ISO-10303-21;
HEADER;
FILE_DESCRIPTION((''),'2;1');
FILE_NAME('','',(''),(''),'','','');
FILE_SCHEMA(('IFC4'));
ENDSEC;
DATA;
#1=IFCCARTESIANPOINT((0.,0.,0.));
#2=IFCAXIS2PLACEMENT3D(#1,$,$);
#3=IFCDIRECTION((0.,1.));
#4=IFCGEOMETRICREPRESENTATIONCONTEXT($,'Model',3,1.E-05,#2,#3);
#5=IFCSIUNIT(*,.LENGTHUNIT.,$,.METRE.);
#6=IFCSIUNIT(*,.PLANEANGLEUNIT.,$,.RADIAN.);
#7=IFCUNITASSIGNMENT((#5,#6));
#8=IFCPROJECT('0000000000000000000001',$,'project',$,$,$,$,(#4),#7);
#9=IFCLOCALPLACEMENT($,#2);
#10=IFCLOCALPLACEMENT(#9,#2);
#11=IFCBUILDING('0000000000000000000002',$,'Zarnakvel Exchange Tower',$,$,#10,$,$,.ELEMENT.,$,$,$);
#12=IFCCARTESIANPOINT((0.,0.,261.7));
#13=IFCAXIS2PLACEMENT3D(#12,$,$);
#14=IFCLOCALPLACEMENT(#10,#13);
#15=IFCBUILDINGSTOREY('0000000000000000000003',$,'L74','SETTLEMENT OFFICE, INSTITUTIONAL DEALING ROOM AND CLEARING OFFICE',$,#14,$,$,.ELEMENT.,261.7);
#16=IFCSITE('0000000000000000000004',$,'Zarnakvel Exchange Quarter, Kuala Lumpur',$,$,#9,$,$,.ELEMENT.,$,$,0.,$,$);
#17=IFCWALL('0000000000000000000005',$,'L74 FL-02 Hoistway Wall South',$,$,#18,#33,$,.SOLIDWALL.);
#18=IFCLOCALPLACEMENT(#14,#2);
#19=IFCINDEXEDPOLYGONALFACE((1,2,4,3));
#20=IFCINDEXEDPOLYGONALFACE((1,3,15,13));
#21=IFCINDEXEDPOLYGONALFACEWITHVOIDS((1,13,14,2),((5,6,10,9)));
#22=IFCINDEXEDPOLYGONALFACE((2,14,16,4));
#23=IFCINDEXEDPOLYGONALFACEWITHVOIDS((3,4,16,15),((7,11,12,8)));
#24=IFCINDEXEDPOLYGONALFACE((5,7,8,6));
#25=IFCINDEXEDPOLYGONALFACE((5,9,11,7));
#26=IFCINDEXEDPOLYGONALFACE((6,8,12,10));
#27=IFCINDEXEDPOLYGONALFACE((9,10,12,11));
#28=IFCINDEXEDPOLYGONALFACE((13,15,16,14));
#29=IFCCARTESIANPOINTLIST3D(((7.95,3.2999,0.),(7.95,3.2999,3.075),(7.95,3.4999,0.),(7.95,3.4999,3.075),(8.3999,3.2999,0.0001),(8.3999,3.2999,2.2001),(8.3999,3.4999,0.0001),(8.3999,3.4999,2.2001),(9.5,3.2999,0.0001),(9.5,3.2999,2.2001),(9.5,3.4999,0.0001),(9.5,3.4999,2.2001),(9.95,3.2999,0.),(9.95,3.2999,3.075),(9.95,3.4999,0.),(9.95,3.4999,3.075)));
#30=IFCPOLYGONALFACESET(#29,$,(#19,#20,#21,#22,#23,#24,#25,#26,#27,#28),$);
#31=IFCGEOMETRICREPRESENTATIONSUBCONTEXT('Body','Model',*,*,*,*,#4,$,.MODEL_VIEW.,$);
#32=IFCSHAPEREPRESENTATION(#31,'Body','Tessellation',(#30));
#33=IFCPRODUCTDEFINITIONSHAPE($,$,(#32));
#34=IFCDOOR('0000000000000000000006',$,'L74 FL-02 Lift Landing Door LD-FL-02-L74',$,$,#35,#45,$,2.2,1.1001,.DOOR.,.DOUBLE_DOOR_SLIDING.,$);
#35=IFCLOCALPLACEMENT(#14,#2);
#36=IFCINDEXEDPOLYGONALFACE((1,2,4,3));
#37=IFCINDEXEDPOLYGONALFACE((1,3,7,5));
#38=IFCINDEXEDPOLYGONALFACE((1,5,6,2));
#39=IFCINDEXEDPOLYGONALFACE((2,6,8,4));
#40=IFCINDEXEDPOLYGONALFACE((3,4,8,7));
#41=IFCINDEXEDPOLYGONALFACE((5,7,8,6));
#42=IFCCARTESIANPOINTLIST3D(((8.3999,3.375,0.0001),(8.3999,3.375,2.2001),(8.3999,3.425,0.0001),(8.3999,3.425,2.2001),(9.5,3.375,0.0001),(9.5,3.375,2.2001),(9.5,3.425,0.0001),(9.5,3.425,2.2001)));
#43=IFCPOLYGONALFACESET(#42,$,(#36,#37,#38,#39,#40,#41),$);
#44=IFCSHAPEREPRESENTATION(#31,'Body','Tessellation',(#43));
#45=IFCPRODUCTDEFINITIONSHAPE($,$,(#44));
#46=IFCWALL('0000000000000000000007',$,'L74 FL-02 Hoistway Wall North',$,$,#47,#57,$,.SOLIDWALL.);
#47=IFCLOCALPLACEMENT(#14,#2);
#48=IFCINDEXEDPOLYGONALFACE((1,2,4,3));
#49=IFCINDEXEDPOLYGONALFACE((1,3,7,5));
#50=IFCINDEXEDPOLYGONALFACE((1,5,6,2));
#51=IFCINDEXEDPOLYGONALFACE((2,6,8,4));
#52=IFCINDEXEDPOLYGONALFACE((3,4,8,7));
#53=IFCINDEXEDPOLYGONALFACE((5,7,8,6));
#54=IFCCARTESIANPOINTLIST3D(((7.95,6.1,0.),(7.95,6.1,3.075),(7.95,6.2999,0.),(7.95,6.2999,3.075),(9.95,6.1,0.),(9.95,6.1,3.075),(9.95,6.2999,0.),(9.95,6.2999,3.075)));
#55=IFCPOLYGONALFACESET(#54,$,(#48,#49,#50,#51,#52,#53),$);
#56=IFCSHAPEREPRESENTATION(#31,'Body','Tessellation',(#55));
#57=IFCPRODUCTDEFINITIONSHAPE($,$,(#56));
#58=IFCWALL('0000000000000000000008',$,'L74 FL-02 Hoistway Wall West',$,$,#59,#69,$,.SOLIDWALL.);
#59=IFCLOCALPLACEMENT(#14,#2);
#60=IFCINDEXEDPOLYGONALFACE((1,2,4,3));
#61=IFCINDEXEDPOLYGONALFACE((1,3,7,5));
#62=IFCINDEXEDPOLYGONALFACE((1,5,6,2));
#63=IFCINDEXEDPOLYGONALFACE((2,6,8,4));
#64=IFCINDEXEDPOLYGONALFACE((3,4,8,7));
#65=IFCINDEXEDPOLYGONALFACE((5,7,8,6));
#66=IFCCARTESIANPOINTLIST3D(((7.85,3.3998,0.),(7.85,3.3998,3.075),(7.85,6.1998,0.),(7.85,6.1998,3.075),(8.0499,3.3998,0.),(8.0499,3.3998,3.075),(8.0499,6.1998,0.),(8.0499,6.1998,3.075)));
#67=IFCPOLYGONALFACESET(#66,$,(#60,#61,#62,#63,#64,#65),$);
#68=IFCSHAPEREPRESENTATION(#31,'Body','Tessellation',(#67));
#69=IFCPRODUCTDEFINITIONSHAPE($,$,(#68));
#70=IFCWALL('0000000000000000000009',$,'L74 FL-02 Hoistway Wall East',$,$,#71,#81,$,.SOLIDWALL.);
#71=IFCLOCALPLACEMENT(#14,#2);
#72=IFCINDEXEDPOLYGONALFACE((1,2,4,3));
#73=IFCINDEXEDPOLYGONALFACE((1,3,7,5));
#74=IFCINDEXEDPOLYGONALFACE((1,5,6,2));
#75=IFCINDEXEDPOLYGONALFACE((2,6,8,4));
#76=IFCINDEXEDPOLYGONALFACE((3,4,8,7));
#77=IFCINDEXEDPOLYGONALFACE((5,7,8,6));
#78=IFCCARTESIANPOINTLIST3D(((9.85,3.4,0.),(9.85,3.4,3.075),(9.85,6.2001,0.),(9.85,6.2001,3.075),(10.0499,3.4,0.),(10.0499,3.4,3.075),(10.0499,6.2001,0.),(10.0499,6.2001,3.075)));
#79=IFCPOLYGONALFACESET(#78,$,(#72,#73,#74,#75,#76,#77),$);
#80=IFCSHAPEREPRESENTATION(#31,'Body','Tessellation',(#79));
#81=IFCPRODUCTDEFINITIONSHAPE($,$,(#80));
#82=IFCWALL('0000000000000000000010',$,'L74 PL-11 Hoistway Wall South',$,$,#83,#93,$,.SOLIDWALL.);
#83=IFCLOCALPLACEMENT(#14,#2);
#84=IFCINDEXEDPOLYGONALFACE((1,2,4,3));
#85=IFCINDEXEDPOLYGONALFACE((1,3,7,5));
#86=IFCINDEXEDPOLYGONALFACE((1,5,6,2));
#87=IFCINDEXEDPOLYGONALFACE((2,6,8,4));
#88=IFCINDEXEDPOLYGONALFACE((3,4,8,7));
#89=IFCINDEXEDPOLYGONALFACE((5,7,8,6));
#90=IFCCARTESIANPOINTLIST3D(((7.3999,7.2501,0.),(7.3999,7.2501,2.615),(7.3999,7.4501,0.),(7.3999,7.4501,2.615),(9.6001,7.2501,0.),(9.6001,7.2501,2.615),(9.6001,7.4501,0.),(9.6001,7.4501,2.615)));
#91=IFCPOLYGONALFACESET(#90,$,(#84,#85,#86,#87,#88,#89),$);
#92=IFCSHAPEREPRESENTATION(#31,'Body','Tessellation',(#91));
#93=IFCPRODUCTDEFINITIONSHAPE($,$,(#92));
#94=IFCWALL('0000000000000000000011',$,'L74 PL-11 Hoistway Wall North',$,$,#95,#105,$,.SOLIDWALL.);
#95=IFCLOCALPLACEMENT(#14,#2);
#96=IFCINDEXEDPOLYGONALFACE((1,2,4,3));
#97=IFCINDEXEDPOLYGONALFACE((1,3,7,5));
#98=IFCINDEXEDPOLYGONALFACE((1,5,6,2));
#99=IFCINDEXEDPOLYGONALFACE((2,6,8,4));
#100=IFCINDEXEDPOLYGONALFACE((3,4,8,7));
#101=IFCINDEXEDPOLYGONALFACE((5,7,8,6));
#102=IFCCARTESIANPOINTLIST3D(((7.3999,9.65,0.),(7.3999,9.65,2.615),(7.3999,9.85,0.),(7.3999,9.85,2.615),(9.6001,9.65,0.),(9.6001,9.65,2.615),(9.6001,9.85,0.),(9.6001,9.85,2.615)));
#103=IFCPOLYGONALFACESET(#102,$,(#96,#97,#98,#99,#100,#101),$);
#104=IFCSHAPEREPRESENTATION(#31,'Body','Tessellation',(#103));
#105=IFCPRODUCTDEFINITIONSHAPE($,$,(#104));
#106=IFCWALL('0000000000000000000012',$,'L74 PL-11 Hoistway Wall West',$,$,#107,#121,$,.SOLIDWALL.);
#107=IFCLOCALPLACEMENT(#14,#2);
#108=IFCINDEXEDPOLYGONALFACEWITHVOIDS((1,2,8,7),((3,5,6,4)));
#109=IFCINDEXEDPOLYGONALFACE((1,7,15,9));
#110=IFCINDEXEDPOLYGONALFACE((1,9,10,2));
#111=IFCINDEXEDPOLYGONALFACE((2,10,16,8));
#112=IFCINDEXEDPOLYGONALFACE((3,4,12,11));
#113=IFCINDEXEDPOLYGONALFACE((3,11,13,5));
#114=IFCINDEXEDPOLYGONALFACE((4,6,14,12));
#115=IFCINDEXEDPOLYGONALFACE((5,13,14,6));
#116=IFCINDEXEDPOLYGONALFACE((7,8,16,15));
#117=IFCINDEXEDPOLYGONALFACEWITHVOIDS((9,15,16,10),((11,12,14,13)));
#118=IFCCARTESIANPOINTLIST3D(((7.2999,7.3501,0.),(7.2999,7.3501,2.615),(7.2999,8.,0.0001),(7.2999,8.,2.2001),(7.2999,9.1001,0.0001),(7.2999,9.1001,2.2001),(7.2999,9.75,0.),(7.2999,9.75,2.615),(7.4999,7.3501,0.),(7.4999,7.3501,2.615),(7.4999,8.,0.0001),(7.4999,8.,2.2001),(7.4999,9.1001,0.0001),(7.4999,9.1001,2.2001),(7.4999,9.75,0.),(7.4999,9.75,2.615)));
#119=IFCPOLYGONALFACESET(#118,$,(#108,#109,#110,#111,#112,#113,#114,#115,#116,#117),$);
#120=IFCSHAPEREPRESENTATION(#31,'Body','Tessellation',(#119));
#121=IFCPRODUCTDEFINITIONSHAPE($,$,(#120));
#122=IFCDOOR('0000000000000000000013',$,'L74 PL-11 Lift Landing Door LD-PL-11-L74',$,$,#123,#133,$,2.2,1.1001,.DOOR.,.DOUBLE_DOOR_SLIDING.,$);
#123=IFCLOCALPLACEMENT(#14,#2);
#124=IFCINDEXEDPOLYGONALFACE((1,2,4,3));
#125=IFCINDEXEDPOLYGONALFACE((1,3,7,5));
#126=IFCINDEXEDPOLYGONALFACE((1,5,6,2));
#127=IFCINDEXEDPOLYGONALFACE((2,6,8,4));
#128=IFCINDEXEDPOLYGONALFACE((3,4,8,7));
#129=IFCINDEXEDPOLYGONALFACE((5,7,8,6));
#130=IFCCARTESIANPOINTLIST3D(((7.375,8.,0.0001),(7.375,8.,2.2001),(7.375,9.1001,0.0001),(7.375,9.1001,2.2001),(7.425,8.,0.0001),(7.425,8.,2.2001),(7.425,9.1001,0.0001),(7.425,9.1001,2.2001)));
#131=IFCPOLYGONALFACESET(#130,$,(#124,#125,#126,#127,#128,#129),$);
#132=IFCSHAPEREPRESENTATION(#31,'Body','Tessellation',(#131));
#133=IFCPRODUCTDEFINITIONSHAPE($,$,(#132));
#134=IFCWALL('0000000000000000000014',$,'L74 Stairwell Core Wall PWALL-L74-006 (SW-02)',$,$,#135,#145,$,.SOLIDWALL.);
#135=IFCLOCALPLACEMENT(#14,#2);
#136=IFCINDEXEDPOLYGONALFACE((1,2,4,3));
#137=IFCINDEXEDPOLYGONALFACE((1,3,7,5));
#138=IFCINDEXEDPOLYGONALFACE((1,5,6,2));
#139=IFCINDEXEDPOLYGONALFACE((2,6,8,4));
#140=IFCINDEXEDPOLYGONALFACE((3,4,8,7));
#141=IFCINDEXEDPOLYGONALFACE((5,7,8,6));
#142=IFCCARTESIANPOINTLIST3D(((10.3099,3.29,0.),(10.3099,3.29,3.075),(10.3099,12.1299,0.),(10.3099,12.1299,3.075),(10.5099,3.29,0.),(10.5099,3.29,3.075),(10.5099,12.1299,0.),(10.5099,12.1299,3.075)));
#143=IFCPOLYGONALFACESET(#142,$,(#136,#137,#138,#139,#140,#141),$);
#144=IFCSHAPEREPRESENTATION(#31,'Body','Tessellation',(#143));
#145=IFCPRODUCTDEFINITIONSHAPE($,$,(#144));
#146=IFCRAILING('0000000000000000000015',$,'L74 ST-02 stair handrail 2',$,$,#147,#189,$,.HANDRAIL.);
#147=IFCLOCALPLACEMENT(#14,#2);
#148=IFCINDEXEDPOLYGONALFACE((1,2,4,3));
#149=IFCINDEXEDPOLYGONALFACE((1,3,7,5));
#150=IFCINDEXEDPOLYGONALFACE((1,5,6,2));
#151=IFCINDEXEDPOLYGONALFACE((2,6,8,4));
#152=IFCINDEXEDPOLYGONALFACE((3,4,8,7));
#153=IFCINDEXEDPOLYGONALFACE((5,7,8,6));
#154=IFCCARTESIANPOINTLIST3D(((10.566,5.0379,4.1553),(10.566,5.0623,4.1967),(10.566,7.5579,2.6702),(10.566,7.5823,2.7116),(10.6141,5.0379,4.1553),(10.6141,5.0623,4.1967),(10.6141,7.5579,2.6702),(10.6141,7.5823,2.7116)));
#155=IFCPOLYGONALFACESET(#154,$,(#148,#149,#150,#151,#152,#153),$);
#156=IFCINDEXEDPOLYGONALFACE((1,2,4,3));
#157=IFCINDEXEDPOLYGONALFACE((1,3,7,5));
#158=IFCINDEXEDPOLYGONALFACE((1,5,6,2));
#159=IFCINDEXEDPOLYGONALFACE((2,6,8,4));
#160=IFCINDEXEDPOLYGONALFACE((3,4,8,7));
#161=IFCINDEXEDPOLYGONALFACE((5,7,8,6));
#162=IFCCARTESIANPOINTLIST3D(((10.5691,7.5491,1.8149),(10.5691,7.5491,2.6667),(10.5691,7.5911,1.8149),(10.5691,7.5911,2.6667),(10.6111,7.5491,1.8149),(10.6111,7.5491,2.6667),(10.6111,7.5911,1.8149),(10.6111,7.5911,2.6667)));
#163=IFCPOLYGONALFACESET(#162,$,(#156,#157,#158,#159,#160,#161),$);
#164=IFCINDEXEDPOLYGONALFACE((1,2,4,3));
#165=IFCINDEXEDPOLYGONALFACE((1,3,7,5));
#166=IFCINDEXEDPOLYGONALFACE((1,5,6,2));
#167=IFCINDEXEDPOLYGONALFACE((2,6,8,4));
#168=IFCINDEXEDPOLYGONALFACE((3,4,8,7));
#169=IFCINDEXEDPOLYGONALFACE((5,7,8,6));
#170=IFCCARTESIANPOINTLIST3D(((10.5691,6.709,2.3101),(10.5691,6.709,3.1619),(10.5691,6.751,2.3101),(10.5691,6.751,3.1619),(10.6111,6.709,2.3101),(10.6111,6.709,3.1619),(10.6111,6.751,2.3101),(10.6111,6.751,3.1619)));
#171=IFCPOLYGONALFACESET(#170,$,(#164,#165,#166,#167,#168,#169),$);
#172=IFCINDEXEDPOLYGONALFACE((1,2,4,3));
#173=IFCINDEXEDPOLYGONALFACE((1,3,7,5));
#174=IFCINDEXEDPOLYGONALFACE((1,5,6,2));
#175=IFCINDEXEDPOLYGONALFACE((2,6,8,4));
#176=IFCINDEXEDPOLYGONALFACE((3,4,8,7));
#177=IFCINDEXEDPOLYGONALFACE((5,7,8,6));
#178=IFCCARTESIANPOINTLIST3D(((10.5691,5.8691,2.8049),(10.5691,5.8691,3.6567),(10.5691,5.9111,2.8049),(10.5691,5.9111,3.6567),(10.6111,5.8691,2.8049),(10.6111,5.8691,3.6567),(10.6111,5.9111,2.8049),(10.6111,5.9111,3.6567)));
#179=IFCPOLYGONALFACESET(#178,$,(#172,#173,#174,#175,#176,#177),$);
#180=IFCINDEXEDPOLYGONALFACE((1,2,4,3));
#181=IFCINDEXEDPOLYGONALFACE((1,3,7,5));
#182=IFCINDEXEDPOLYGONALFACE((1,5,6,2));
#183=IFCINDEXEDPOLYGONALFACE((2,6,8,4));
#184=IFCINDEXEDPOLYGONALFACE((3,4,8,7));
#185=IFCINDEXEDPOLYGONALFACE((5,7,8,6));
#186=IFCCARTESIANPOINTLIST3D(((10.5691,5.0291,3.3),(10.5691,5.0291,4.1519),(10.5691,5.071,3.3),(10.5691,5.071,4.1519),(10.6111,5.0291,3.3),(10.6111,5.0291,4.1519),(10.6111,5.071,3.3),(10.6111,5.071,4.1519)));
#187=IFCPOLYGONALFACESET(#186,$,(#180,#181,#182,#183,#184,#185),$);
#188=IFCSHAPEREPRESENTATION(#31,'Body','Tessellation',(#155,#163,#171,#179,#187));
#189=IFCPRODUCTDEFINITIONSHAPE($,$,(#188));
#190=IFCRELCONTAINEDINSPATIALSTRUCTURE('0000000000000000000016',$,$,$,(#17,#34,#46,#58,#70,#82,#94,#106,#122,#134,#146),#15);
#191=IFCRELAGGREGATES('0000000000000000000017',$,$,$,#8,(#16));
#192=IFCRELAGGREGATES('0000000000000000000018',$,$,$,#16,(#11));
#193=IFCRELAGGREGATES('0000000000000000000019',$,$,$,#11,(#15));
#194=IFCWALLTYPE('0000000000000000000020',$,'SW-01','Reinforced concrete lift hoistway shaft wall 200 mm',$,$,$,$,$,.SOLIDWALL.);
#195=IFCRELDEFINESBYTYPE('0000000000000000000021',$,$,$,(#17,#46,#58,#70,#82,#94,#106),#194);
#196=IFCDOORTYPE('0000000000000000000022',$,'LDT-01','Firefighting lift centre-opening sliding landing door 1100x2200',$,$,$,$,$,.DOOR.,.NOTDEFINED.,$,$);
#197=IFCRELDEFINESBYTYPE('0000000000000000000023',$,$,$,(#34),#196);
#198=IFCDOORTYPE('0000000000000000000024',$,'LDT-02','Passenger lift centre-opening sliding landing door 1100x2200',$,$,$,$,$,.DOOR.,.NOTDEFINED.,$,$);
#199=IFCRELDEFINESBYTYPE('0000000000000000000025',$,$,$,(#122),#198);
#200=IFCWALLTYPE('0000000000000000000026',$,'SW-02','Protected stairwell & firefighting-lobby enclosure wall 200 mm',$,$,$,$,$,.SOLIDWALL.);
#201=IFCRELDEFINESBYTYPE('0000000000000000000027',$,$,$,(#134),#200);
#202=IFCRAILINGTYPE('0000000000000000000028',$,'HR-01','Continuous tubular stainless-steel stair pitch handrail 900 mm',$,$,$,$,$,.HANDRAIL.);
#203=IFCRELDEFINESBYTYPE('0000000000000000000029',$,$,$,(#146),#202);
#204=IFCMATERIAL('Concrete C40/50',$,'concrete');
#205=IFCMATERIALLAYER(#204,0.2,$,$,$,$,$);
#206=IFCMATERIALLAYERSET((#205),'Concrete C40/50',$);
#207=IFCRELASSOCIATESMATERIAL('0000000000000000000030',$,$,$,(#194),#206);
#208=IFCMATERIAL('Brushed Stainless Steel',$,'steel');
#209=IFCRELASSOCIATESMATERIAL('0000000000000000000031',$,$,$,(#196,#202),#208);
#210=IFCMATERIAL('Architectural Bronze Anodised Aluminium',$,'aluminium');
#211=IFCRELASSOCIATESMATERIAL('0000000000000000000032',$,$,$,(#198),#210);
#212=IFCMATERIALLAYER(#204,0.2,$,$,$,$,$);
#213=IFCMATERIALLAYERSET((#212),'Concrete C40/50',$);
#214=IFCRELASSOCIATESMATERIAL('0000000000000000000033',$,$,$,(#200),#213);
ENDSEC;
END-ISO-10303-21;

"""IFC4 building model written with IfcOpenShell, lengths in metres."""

from ifc_helpers import new_model, si_unit, direction, frame, frame_2d, origin, origin_2d, place, context, subcontext, project, spatial, rectangle, extrude, source, transform, mapped, material, layer, layer_set, type_object, element, fill, save


model = new_model("IFC4")

# Units and contexts
model_context = context("Model", 3, precision=1e-05, world=origin(), true_north=direction((0.0, 1.0)))
body_context = subcontext(model_context, "Body", "Model", "MODEL_VIEW")
ifc_project = project(units=[si_unit("LENGTHUNIT", "METRE"), si_unit("PLANEANGLEUNIT", "RADIAN")], contexts=[model_context])

# Site, building, storey
site_placement = place(None, origin())
site = spatial("IfcSite", under=ifc_project, at=site_placement, Name="Zarnakvel Exchange Quarter, Kuala Lumpur", CompositionType="ELEMENT", RefElevation=0.0)
building_placement = place(site_placement, origin())
building = spatial("IfcBuilding", under=site, at=building_placement, Name="Zarnakvel Exchange Tower", CompositionType="ELEMENT")
storey_placement = place(building_placement, frame((0.0, 0.0, 261.7)))
storey = spatial("IfcBuildingStorey", under=building, at=storey_placement, Name="L74", Description="SETTLEMENT OFFICE, INSTITUTIONAL DEALING ROOM AND CLEARING OFFICE", CompositionType="ELEMENT", Elevation=261.7)

# Shared definitions
ifc_material_1 = material(Name="Concrete C40/50", Category="concrete")

# Wall, opening, door
ifc_layer_1 = layer(ifc_material_1, 0.2)
ifc_layer_set_1 = layer_set([ifc_layer_1], Name="Concrete C40/50")
wall_type_1 = type_object("IfcWallType", Name="SW-01", Description="Reinforced concrete lift hoistway shaft wall 200 mm", PredefinedType="SOLIDWALL", material=ifc_layer_set_1)
wall_1_placement = place(storey_placement, frame((9.95, 3.3999, 0.0), z_axis=(0.0, 0.0, 1.0), x_axis=(-1.0, 0.0, 0.0)))
wall_1 = element("IfcWall", 1, at=wall_1_placement, inside=storey, type_object=wall_type_1, Name="L74 FL-02 Hoistway Wall South", PredefinedType="SOLIDWALL", context=body_context, shape_type="SweptSolid", body=[
    extrude(rectangle(XDim=2.0, YDim=0.2, at=frame_2d((1.0, 0.0))), origin(), (0.0, 0.0, 1.0), 3.075),
])
opening_1_placement = place(wall_1_placement, frame((0.45, 0.0, 0.0)))
opening_1 = element("IfcOpeningElement", 2, at=opening_1_placement, cuts=wall_1, PredefinedType="OPENING", context=body_context, shape_type="SweptSolid", body=[
    extrude(rectangle(XDim=1.1001, YDim=2.2, at=frame_2d((0.55, 1.1001))), frame((0.0, 0.1099, 0.0), z_axis=(0.0, -1.0, 0.0), x_axis=(1.0, 0.0, 0.0)), (0.0, 0.0, 1.0), 0.22),
])
ifc_material_2 = material(Name="Brushed Stainless Steel", Category="steel")
door_type_1 = type_object("IfcDoorType", Name="LDT-01", Description="Firefighting lift centre-opening sliding landing door 1100x2200", OperationType="NOTDEFINED", PredefinedType="DOOR", material=ifc_material_2)
shared_shape_1 = source(origin(), body_context, "Body", "SweptSolid", [
    extrude(rectangle(XDim=1.1001, YDim=2.2, at=frame_2d((0.55, 1.1001))), frame((0.0, 0.0249, 0.0), z_axis=(0.0, -1.0, 0.0), x_axis=(1.0, 0.0, 0.0)), (0.0, 0.0, 1.0), 0.05),
])
door_1_placement = place(opening_1_placement, origin())
door_1 = element("IfcDoor", 3, at=door_1_placement, inside=storey, type_object=door_type_1, Name="L74 FL-02 Lift Landing Door LD-FL-02-L74", OperationType="DOUBLE_DOOR_SLIDING", OverallHeight=2.2, OverallWidth=1.1001, PredefinedType="DOOR", context=body_context, shape_type="MappedRepresentation", body=[
    mapped(shared_shape_1, transform((0.0, 0.0, 0.0), x_axis=(1.0, 0.0, 0.0), y_axis=(0.0, 1.0, 0.0), z_axis=(0.0, 0.0, 1.0), scale=1.0)),
])
fill(opening_1, door_1)

# Walls
wall_2_placement = place(storey_placement, frame((7.95, 6.2, 0.0), z_axis=(0.0, 0.0, 1.0), x_axis=(1.0, 0.0, 0.0)))
element("IfcWall", 4, at=wall_2_placement, inside=storey, type_object=wall_type_1, Name="L74 FL-02 Hoistway Wall North", PredefinedType="SOLIDWALL", context=body_context, shape_type="SweptSolid", body=[
    extrude(rectangle(XDim=2.0, YDim=0.2, at=frame_2d((1.0, 0.0))), origin(), (0.0, 0.0, 1.0), 3.075),
])
for number, where, z_axis, x_axis, name in (
    (5, (7.95, 3.3999, 0.0), (0.0, 0.0, 1.0), (0.0, 1.0, 0.0), "L74 FL-02 Hoistway Wall West"),
    (6, (9.95, 6.2, 0.0), (0.0, 0.0, 1.0), (0.0, -1.0, 0.0), "L74 FL-02 Hoistway Wall East"),
):
    element("IfcWall", number, at=place(storey_placement, frame(where, z_axis=z_axis, x_axis=x_axis)), inside=storey, type_object=wall_type_1, Name=name, PredefinedType="SOLIDWALL", context=body_context, shape_type="SweptSolid", body=[
        extrude(rectangle(XDim=2.8, YDim=0.2, at=frame_2d((1.3999, 0.0))), origin(), (0.0, 0.0, 1.0), 3.075),
    ])
for number, where, z_axis, x_axis, name in (
    (7, (9.6001, 7.3501, 0.0), (0.0, 0.0, 1.0), (-1.0, 0.0, 0.0), "L74 PL-11 Hoistway Wall South"),
    (8, (7.3999, 9.75, 0.0), (0.0, 0.0, 1.0), (1.0, 0.0, 0.0), "L74 PL-11 Hoistway Wall North"),
):
    element("IfcWall", number, at=place(storey_placement, frame(where, z_axis=z_axis, x_axis=x_axis)), inside=storey, type_object=wall_type_1, Name=name, PredefinedType="SOLIDWALL", context=body_context, shape_type="SweptSolid", body=[
        extrude(rectangle(XDim=2.2002, YDim=0.2, at=frame_2d((1.1001, 0.0))), origin(), (0.0, 0.0, 1.0), 2.615),
    ])

# Wall, opening, door
wall_3_placement = place(storey_placement, frame((7.3999, 7.3501, 0.0), z_axis=(0.0, 0.0, 1.0), x_axis=(0.0, 1.0, 0.0)))
wall_3 = element("IfcWall", 9, at=wall_3_placement, inside=storey, type_object=wall_type_1, Name="L74 PL-11 Hoistway Wall West", PredefinedType="SOLIDWALL", context=body_context, shape_type="SweptSolid", body=[
    extrude(rectangle(XDim=2.3999, YDim=0.2, at=frame_2d((1.2, 0.0))), origin(), (0.0, 0.0, 1.0), 2.615),
])
opening_2_placement = place(wall_3_placement, frame((0.6499, 0.0, 0.0)))
opening_2 = element("IfcOpeningElement", 10, at=opening_2_placement, cuts=wall_3, PredefinedType="OPENING", context=body_context, shape_type="SweptSolid", body=[
    extrude(rectangle(XDim=1.1001, YDim=2.2, at=frame_2d((0.55, 1.1001))), frame((0.0, 0.1099, 0.0), z_axis=(0.0, -1.0, 0.0), x_axis=(1.0, 0.0, 0.0)), (0.0, 0.0, 1.0), 0.22),
])
ifc_material_3 = material(Name="Architectural Bronze Anodised Aluminium", Category="aluminium")
door_type_2 = type_object("IfcDoorType", Name="LDT-02", Description="Passenger lift centre-opening sliding landing door 1100x2200", OperationType="NOTDEFINED", PredefinedType="DOOR", material=ifc_material_3)
door_2_placement = place(opening_2_placement, origin())
door_2 = element("IfcDoor", 11, at=door_2_placement, inside=storey, type_object=door_type_2, Name="L74 PL-11 Lift Landing Door LD-PL-11-L74", OperationType="DOUBLE_DOOR_SLIDING", OverallHeight=2.2, OverallWidth=1.1001, PredefinedType="DOOR", context=body_context, shape_type="MappedRepresentation", body=[
    mapped(shared_shape_1, transform((0.0, 0.0, 0.0), x_axis=(1.0, 0.0, 0.0), y_axis=(0.0, 1.0, 0.0), z_axis=(0.0, 0.0, 1.0), scale=1.0)),
])
fill(opening_2, door_2)

# Wall
ifc_layer_2 = layer(ifc_material_1, 0.2)
ifc_layer_set_2 = layer_set([ifc_layer_2], Name="Concrete C40/50")
wall_type_2 = type_object("IfcWallType", Name="SW-02", Description="Protected stairwell & firefighting-lobby enclosure wall 200 mm", PredefinedType="SOLIDWALL", material=ifc_layer_set_2)
wall_4_placement = place(storey_placement, frame((10.4099, 3.29, 0.0), z_axis=(0.0, 0.0, 1.0), x_axis=(0.0, 1.0, 0.0)))
element("IfcWall", 12, at=wall_4_placement, inside=storey, type_object=wall_type_2, Name="L74 Stairwell Core Wall PWALL-L74-006 (SW-02)", PredefinedType="SOLIDWALL", context=body_context, shape_type="SweptSolid", body=[
    extrude(rectangle(XDim=8.8398, YDim=0.2, at=frame_2d((4.4199, 0.0))), origin(), (0.0, 0.0, 1.0), 3.075),
])

# Railing
railing_type = type_object("IfcRailingType", Name="HR-01", Description="Continuous tubular stainless-steel stair pitch handrail 900 mm", PredefinedType="HANDRAIL", material=ifc_material_2)
railing_placement = place(storey_placement, frame((10.5901, 7.5701, 1.8149)))
element("IfcRailing", 13, at=railing_placement, inside=storey, type_object=railing_type, Name="L74 ST-02 stair handrail 2", PredefinedType="HANDRAIL", context=body_context, shape_type="SweptSolid", body=[
    extrude(rectangle(XDim=0.0481, YDim=0.0481, at=origin_2d()), frame((0.0, 0.0, 0.876), z_axis=(0.0, -0.861524, 0.507717), x_axis=(1.0, 0.0, 0.0)), (0.0, 0.0, 1.0), 2.925),
    extrude(rectangle(XDim=0.042, YDim=0.042, at=origin_2d()), origin(), (0.0, 0.0, 1.0), 0.8518),
    extrude(rectangle(XDim=0.042, YDim=0.042, at=origin_2d()), frame((0.0, -0.8401, 0.4951)), (0.0, 0.0, 1.0), 0.8518),
    extrude(rectangle(XDim=0.042, YDim=0.042, at=origin_2d()), frame((0.0, -1.6799, 0.99)), (0.0, 0.0, 1.0), 0.8518),
    extrude(rectangle(XDim=0.042, YDim=0.042, at=origin_2d()), frame((0.0, -2.52, 1.4851)), (0.0, 0.0, 1.0), 0.8518),
])

save(model, "model.ifc")
